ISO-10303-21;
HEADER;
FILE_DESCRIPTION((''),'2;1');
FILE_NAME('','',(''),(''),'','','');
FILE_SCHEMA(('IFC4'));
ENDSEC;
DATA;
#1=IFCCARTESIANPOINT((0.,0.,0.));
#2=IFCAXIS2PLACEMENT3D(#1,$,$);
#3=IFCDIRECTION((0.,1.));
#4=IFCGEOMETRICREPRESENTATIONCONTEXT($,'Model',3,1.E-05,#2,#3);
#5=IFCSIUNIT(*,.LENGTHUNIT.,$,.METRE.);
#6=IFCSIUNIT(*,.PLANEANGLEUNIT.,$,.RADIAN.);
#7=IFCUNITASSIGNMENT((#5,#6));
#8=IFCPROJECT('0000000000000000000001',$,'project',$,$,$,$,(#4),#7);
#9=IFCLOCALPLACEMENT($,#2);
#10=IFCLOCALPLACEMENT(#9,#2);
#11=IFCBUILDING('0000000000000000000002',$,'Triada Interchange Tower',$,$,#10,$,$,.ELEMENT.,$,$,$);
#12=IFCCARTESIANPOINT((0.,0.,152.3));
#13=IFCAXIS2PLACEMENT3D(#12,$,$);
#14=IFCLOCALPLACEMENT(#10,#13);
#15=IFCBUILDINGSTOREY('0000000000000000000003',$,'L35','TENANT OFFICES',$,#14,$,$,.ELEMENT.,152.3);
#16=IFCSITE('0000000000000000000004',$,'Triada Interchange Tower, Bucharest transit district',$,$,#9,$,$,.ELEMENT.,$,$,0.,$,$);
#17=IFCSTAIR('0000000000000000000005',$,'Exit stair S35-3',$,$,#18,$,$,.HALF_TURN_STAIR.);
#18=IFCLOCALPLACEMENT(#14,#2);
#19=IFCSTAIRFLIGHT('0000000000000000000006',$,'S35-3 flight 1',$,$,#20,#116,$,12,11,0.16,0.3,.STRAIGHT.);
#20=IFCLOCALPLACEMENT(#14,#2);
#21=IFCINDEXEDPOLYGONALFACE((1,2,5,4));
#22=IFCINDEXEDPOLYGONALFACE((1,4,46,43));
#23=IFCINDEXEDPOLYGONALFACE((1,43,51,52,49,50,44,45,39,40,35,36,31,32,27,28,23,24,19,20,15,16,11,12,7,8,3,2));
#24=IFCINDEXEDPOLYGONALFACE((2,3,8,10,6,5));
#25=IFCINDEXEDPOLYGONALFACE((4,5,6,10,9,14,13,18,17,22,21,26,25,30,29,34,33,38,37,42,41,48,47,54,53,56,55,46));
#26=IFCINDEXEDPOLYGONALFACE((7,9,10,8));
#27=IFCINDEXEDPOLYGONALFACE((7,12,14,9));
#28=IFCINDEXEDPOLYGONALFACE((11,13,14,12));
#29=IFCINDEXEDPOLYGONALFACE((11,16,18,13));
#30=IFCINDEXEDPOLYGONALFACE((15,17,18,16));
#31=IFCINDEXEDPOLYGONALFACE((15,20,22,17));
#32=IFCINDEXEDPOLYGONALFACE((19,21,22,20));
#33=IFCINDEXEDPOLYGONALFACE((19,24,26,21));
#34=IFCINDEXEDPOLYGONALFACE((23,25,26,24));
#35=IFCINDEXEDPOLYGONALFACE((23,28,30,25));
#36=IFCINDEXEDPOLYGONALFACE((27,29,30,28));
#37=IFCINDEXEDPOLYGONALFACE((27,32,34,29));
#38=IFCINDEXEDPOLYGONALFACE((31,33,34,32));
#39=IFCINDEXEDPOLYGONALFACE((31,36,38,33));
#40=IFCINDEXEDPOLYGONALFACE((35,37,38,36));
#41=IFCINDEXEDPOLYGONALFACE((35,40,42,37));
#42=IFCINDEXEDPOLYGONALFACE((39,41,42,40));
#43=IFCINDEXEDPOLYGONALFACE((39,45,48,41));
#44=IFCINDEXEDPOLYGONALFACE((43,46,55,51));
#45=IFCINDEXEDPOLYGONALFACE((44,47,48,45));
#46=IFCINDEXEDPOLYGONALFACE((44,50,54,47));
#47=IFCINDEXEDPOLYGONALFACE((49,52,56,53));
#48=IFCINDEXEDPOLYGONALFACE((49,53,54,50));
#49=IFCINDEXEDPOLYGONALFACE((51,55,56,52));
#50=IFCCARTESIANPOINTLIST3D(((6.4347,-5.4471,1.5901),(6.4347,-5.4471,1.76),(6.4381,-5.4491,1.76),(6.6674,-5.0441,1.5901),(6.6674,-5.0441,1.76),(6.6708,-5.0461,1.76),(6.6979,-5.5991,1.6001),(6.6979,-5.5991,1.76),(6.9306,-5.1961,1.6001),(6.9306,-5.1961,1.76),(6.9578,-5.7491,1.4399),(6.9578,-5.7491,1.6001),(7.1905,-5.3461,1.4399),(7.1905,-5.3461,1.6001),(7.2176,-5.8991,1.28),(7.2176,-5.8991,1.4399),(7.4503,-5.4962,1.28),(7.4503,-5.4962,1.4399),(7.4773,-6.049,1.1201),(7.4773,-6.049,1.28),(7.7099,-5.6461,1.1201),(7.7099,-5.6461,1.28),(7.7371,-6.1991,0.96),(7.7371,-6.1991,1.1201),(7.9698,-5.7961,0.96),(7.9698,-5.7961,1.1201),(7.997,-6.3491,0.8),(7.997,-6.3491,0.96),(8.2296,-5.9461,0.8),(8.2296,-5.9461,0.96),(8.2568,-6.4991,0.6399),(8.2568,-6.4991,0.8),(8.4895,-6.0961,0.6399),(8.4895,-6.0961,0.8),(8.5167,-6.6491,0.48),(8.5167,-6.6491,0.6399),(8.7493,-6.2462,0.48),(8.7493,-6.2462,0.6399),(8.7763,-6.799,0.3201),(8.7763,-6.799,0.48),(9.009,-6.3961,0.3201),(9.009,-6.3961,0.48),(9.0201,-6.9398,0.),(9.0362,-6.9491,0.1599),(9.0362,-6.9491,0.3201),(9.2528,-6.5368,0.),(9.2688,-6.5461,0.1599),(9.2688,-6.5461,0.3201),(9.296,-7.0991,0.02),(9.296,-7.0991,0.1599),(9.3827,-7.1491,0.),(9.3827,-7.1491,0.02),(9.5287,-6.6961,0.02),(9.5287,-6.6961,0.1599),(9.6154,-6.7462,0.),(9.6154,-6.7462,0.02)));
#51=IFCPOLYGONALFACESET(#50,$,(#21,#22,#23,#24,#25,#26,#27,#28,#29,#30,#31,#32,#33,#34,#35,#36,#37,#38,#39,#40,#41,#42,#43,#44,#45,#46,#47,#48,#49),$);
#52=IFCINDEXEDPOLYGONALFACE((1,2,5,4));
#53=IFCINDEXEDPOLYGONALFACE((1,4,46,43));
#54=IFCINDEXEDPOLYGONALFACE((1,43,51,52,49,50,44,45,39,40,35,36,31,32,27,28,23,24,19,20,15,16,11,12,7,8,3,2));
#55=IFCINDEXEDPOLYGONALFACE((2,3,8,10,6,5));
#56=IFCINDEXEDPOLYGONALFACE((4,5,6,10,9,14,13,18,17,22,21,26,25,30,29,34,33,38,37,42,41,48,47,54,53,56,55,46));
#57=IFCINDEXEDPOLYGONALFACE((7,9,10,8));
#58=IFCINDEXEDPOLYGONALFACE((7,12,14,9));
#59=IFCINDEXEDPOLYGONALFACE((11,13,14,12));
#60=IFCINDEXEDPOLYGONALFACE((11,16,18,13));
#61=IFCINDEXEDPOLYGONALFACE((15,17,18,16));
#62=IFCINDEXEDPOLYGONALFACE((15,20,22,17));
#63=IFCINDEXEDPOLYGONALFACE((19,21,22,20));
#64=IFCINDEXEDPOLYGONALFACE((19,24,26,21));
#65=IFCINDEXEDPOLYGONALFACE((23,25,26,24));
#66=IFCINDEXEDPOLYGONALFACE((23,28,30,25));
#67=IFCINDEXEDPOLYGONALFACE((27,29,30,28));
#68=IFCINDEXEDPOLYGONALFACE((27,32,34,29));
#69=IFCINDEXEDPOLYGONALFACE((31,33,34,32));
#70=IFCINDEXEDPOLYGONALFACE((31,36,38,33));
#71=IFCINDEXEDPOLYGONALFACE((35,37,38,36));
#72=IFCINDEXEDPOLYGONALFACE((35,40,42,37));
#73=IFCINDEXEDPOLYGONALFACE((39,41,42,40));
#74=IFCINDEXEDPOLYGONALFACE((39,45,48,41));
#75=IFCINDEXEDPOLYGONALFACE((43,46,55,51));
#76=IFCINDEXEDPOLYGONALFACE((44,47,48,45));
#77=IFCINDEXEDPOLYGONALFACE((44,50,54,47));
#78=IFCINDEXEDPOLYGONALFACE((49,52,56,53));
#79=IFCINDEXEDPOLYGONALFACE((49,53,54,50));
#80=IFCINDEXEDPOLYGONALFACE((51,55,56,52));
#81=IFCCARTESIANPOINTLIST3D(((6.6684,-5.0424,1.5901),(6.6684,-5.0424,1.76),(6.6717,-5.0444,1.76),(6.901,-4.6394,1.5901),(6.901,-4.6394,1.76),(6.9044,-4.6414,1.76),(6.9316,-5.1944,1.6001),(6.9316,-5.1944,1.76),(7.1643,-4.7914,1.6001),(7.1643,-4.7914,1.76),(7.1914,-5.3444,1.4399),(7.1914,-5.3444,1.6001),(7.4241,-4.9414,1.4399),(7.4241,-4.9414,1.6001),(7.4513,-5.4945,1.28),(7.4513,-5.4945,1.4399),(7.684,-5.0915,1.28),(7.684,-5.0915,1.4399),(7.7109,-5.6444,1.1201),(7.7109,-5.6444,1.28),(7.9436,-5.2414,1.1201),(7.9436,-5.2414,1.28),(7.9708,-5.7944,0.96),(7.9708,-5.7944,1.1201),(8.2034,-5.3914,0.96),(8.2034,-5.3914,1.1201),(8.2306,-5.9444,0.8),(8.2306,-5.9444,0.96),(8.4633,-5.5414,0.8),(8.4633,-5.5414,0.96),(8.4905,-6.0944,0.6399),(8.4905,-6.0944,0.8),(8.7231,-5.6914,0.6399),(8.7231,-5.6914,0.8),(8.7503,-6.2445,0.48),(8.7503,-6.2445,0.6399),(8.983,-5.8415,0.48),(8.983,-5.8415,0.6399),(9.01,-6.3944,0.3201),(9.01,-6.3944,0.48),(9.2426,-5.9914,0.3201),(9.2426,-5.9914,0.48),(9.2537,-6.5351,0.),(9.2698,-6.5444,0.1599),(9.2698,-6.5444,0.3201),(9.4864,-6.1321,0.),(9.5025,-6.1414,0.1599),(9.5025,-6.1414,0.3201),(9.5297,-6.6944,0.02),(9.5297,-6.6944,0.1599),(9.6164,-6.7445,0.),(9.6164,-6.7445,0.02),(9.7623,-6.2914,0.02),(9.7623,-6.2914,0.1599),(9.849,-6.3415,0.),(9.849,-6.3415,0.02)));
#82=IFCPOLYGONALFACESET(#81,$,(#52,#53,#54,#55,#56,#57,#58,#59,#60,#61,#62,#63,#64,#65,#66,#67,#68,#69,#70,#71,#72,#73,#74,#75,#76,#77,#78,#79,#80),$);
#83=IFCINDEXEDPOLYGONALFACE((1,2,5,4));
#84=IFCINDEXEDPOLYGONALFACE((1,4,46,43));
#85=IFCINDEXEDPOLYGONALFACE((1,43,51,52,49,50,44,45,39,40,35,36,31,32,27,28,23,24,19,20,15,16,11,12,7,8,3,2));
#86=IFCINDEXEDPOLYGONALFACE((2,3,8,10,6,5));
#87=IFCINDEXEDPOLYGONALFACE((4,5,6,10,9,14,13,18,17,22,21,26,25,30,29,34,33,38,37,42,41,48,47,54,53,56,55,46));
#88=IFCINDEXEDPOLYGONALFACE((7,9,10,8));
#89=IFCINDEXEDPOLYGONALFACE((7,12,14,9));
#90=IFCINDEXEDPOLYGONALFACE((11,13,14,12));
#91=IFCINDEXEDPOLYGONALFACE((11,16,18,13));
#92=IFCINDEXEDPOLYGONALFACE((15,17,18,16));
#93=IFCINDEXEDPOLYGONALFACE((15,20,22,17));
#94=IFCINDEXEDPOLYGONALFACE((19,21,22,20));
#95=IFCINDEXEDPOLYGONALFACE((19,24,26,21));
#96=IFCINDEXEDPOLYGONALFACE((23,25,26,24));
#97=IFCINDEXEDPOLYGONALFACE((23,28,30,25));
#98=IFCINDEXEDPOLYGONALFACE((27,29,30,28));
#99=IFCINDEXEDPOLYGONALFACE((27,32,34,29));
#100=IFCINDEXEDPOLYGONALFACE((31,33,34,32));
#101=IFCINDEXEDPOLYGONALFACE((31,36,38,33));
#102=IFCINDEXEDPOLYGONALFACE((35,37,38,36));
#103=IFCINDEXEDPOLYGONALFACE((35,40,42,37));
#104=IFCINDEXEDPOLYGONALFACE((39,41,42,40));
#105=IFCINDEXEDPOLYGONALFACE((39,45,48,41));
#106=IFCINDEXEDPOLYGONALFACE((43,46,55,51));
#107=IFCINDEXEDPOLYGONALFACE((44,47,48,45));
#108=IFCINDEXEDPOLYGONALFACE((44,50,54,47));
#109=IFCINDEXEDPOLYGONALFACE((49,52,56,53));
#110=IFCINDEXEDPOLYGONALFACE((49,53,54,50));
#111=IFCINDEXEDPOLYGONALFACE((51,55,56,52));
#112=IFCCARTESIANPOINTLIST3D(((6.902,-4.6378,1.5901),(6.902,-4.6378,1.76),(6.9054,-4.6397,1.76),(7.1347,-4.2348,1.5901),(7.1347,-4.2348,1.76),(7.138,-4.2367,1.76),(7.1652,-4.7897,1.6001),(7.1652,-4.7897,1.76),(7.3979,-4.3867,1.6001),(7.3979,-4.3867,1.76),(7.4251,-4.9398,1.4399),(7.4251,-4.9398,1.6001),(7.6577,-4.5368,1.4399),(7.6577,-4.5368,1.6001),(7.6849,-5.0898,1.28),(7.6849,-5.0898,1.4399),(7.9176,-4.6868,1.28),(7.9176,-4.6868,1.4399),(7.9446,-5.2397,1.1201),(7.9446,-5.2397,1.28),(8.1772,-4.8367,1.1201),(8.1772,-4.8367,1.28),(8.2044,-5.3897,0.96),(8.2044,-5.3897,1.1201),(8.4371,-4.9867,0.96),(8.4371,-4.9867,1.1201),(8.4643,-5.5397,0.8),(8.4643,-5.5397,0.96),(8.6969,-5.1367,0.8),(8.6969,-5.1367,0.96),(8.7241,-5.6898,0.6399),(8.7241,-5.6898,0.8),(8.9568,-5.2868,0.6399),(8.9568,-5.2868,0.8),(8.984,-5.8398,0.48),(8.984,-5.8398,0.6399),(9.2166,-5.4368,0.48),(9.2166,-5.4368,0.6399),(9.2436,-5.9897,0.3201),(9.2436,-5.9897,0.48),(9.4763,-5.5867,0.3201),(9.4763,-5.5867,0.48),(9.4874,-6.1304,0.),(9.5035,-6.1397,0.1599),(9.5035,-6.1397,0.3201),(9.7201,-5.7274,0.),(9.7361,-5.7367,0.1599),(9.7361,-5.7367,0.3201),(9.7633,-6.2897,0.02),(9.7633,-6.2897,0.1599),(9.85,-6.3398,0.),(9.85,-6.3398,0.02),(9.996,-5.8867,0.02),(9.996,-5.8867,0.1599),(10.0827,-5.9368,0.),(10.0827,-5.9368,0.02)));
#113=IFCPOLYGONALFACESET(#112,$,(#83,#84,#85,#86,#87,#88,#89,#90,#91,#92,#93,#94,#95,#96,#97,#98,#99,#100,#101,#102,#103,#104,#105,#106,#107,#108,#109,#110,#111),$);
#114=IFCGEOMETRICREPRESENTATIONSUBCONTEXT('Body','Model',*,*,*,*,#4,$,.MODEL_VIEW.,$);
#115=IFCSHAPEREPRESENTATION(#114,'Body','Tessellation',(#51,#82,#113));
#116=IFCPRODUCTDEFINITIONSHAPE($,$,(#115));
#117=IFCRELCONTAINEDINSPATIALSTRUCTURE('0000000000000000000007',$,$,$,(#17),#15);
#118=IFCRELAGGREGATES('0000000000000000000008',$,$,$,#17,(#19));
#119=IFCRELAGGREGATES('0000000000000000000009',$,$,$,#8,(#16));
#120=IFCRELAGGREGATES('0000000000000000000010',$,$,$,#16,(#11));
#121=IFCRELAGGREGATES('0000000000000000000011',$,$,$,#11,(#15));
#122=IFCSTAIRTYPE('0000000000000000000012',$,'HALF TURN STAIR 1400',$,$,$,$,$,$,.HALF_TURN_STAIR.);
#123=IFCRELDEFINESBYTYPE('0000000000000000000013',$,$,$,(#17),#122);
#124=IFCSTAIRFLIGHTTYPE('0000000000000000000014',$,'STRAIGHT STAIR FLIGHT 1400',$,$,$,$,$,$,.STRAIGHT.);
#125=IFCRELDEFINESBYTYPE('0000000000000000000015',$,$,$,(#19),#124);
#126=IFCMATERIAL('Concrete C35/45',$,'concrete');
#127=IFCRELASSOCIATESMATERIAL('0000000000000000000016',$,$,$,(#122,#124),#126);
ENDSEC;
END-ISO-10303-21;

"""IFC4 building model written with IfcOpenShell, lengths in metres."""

from ifc_helpers import new_model, si_unit, direction, frame, origin, place, context, subcontext, project, spatial, polyline, outline, extrude, material, type_object, element, aggregate, save


model = new_model("IFC4")

# Units and contexts
model_context = context("Model", 3, precision=1e-05, world=origin(), true_north=direction((0.0, 1.0)))
body_context = subcontext(model_context, "Body", "Model", "MODEL_VIEW")
ifc_project = project(units=[si_unit("LENGTHUNIT", "METRE"), si_unit("PLANEANGLEUNIT", "RADIAN")], contexts=[model_context])

# Site, building, storey
site_placement = place(None, origin())
site = spatial("IfcSite", under=ifc_project, at=site_placement, Name="Triada Interchange Tower, Bucharest transit district", CompositionType="ELEMENT", RefElevation=0.0)
building_placement = place(site_placement, origin())
building = spatial("IfcBuilding", under=site, at=building_placement, Name="Triada Interchange Tower", CompositionType="ELEMENT")
storey_placement = place(building_placement, frame((0.0, 0.0, 152.3)))
storey = spatial("IfcBuildingStorey", under=building, at=storey_placement, Name="L35", Description="TENANT OFFICES", CompositionType="ELEMENT", Elevation=152.3)

# Stair, stair flight
ifc_material_1 = material(Name="Concrete C35/45", Category="concrete")
stair_type = type_object("IfcStairType", Name="HALF TURN STAIR 1400", PredefinedType="HALF_TURN_STAIR", material=ifc_material_1)
stair_placement = place(storey_placement, origin())
stair = element("IfcStair", 1, at=stair_placement, inside=storey, type_object=stair_type, Name="Exit stair S35-3", PredefinedType="HALF_TURN_STAIR")
stair_flight_type = type_object("IfcStairFlightType", Name="STRAIGHT STAIR FLIGHT 1400", PredefinedType="STRAIGHT", material=ifc_material_1)
stair_flight_1_placement = place(storey_placement, frame((9.646, -6.4929, 0.0), z_axis=(0.0, 0.0, 1.0), x_axis=(-0.866025, 0.5, 0.0)))
stair_flight_1 = element("IfcStairFlight", 2, at=stair_flight_1_placement, type_object=stair_flight_type, Name="S35-3 flight 1", NumberOfRisers=12, NumberOfTreads=11, PredefinedType="STRAIGHT", RiserHeight=0.16, TreadLength=0.3, context=body_context, shape_type="SweptSolid", body=[
    extrude(outline(polyline([(-0.1001, 0.0), (-0.1001, 0.02), (0.0, 0.02), (0.0, 0.1599), (0.3, 0.1599), (0.3, 0.3201), (0.6001, 0.3201), (0.6001, 0.48), (0.8999, 0.48), (0.8999, 0.6399), (1.2, 0.6399), (1.2, 0.8), (1.5, 0.8), (1.5, 0.96), (1.8, 0.96), (1.8, 1.1201), (2.1001, 1.1201), (2.1001, 1.28), (2.3999, 1.28), (2.3999, 1.4399), (2.7, 1.4399), (2.7, 1.6001), (3.0, 1.6001), (3.0, 1.76), (3.3, 1.76), (3.304, 1.76), (3.304, 1.9199), (3.304, 1.5901), (0.3186, 0.0), (-0.1001, 0.0)])), frame((0.0, 0.7, 0.0), z_axis=(0.0, -1.0, 0.0), x_axis=(1.0, 0.0, 0.0)), (0.0, 0.0, 1.0), 0.4653),
    extrude(outline(polyline([(-0.1001, 0.0), (-0.1001, 0.02), (0.0, 0.02), (0.0, 0.1599), (0.3, 0.1599), (0.3, 0.3201), (0.6001, 0.3201), (0.6001, 0.48), (0.8999, 0.48), (0.8999, 0.6399), (1.2, 0.6399), (1.2, 0.8), (1.5, 0.8), (1.5, 0.96), (1.8, 0.96), (1.8, 1.1201), (2.1001, 1.1201), (2.1001, 1.28), (2.3999, 1.28), (2.3999, 1.4399), (2.7, 1.4399), (2.7, 1.6001), (3.0, 1.6001), (3.0, 1.76), (3.3, 1.76), (3.304, 1.76), (3.304, 1.9199), (3.304, 1.5901), (0.3186, 0.0), (-0.1001, 0.0)])), frame((0.0, 0.2327, 0.0), z_axis=(0.0, -1.0, 0.0), x_axis=(1.0, 0.0, 0.0)), (0.0, 0.0, 1.0), 0.4653),
    extrude(outline(polyline([(-0.1001, 0.0), (-0.1001, 0.02), (0.0, 0.02), (0.0, 0.1599), (0.3, 0.1599), (0.3, 0.3201), (0.6001, 0.3201), (0.6001, 0.48), (0.8999, 0.48), (0.8999, 0.6399), (1.2, 0.6399), (1.2, 0.8), (1.5, 0.8), (1.5, 0.96), (1.8, 0.96), (1.8, 1.1201), (2.1001, 1.1201), (2.1001, 1.28), (2.3999, 1.28), (2.3999, 1.4399), (2.7, 1.4399), (2.7, 1.6001), (3.0, 1.6001), (3.0, 1.76), (3.3, 1.76), (3.304, 1.76), (3.304, 1.9199), (3.304, 1.5901), (0.3186, 0.0), (-0.1001, 0.0)])), frame((0.0, -0.2346, 0.0), z_axis=(0.0, -1.0, 0.0), x_axis=(1.0, 0.0, 0.0)), (0.0, 0.0, 1.0), 0.4653),
])
aggregate(stair, [stair_flight_1])

save(model, "model.ifc")
